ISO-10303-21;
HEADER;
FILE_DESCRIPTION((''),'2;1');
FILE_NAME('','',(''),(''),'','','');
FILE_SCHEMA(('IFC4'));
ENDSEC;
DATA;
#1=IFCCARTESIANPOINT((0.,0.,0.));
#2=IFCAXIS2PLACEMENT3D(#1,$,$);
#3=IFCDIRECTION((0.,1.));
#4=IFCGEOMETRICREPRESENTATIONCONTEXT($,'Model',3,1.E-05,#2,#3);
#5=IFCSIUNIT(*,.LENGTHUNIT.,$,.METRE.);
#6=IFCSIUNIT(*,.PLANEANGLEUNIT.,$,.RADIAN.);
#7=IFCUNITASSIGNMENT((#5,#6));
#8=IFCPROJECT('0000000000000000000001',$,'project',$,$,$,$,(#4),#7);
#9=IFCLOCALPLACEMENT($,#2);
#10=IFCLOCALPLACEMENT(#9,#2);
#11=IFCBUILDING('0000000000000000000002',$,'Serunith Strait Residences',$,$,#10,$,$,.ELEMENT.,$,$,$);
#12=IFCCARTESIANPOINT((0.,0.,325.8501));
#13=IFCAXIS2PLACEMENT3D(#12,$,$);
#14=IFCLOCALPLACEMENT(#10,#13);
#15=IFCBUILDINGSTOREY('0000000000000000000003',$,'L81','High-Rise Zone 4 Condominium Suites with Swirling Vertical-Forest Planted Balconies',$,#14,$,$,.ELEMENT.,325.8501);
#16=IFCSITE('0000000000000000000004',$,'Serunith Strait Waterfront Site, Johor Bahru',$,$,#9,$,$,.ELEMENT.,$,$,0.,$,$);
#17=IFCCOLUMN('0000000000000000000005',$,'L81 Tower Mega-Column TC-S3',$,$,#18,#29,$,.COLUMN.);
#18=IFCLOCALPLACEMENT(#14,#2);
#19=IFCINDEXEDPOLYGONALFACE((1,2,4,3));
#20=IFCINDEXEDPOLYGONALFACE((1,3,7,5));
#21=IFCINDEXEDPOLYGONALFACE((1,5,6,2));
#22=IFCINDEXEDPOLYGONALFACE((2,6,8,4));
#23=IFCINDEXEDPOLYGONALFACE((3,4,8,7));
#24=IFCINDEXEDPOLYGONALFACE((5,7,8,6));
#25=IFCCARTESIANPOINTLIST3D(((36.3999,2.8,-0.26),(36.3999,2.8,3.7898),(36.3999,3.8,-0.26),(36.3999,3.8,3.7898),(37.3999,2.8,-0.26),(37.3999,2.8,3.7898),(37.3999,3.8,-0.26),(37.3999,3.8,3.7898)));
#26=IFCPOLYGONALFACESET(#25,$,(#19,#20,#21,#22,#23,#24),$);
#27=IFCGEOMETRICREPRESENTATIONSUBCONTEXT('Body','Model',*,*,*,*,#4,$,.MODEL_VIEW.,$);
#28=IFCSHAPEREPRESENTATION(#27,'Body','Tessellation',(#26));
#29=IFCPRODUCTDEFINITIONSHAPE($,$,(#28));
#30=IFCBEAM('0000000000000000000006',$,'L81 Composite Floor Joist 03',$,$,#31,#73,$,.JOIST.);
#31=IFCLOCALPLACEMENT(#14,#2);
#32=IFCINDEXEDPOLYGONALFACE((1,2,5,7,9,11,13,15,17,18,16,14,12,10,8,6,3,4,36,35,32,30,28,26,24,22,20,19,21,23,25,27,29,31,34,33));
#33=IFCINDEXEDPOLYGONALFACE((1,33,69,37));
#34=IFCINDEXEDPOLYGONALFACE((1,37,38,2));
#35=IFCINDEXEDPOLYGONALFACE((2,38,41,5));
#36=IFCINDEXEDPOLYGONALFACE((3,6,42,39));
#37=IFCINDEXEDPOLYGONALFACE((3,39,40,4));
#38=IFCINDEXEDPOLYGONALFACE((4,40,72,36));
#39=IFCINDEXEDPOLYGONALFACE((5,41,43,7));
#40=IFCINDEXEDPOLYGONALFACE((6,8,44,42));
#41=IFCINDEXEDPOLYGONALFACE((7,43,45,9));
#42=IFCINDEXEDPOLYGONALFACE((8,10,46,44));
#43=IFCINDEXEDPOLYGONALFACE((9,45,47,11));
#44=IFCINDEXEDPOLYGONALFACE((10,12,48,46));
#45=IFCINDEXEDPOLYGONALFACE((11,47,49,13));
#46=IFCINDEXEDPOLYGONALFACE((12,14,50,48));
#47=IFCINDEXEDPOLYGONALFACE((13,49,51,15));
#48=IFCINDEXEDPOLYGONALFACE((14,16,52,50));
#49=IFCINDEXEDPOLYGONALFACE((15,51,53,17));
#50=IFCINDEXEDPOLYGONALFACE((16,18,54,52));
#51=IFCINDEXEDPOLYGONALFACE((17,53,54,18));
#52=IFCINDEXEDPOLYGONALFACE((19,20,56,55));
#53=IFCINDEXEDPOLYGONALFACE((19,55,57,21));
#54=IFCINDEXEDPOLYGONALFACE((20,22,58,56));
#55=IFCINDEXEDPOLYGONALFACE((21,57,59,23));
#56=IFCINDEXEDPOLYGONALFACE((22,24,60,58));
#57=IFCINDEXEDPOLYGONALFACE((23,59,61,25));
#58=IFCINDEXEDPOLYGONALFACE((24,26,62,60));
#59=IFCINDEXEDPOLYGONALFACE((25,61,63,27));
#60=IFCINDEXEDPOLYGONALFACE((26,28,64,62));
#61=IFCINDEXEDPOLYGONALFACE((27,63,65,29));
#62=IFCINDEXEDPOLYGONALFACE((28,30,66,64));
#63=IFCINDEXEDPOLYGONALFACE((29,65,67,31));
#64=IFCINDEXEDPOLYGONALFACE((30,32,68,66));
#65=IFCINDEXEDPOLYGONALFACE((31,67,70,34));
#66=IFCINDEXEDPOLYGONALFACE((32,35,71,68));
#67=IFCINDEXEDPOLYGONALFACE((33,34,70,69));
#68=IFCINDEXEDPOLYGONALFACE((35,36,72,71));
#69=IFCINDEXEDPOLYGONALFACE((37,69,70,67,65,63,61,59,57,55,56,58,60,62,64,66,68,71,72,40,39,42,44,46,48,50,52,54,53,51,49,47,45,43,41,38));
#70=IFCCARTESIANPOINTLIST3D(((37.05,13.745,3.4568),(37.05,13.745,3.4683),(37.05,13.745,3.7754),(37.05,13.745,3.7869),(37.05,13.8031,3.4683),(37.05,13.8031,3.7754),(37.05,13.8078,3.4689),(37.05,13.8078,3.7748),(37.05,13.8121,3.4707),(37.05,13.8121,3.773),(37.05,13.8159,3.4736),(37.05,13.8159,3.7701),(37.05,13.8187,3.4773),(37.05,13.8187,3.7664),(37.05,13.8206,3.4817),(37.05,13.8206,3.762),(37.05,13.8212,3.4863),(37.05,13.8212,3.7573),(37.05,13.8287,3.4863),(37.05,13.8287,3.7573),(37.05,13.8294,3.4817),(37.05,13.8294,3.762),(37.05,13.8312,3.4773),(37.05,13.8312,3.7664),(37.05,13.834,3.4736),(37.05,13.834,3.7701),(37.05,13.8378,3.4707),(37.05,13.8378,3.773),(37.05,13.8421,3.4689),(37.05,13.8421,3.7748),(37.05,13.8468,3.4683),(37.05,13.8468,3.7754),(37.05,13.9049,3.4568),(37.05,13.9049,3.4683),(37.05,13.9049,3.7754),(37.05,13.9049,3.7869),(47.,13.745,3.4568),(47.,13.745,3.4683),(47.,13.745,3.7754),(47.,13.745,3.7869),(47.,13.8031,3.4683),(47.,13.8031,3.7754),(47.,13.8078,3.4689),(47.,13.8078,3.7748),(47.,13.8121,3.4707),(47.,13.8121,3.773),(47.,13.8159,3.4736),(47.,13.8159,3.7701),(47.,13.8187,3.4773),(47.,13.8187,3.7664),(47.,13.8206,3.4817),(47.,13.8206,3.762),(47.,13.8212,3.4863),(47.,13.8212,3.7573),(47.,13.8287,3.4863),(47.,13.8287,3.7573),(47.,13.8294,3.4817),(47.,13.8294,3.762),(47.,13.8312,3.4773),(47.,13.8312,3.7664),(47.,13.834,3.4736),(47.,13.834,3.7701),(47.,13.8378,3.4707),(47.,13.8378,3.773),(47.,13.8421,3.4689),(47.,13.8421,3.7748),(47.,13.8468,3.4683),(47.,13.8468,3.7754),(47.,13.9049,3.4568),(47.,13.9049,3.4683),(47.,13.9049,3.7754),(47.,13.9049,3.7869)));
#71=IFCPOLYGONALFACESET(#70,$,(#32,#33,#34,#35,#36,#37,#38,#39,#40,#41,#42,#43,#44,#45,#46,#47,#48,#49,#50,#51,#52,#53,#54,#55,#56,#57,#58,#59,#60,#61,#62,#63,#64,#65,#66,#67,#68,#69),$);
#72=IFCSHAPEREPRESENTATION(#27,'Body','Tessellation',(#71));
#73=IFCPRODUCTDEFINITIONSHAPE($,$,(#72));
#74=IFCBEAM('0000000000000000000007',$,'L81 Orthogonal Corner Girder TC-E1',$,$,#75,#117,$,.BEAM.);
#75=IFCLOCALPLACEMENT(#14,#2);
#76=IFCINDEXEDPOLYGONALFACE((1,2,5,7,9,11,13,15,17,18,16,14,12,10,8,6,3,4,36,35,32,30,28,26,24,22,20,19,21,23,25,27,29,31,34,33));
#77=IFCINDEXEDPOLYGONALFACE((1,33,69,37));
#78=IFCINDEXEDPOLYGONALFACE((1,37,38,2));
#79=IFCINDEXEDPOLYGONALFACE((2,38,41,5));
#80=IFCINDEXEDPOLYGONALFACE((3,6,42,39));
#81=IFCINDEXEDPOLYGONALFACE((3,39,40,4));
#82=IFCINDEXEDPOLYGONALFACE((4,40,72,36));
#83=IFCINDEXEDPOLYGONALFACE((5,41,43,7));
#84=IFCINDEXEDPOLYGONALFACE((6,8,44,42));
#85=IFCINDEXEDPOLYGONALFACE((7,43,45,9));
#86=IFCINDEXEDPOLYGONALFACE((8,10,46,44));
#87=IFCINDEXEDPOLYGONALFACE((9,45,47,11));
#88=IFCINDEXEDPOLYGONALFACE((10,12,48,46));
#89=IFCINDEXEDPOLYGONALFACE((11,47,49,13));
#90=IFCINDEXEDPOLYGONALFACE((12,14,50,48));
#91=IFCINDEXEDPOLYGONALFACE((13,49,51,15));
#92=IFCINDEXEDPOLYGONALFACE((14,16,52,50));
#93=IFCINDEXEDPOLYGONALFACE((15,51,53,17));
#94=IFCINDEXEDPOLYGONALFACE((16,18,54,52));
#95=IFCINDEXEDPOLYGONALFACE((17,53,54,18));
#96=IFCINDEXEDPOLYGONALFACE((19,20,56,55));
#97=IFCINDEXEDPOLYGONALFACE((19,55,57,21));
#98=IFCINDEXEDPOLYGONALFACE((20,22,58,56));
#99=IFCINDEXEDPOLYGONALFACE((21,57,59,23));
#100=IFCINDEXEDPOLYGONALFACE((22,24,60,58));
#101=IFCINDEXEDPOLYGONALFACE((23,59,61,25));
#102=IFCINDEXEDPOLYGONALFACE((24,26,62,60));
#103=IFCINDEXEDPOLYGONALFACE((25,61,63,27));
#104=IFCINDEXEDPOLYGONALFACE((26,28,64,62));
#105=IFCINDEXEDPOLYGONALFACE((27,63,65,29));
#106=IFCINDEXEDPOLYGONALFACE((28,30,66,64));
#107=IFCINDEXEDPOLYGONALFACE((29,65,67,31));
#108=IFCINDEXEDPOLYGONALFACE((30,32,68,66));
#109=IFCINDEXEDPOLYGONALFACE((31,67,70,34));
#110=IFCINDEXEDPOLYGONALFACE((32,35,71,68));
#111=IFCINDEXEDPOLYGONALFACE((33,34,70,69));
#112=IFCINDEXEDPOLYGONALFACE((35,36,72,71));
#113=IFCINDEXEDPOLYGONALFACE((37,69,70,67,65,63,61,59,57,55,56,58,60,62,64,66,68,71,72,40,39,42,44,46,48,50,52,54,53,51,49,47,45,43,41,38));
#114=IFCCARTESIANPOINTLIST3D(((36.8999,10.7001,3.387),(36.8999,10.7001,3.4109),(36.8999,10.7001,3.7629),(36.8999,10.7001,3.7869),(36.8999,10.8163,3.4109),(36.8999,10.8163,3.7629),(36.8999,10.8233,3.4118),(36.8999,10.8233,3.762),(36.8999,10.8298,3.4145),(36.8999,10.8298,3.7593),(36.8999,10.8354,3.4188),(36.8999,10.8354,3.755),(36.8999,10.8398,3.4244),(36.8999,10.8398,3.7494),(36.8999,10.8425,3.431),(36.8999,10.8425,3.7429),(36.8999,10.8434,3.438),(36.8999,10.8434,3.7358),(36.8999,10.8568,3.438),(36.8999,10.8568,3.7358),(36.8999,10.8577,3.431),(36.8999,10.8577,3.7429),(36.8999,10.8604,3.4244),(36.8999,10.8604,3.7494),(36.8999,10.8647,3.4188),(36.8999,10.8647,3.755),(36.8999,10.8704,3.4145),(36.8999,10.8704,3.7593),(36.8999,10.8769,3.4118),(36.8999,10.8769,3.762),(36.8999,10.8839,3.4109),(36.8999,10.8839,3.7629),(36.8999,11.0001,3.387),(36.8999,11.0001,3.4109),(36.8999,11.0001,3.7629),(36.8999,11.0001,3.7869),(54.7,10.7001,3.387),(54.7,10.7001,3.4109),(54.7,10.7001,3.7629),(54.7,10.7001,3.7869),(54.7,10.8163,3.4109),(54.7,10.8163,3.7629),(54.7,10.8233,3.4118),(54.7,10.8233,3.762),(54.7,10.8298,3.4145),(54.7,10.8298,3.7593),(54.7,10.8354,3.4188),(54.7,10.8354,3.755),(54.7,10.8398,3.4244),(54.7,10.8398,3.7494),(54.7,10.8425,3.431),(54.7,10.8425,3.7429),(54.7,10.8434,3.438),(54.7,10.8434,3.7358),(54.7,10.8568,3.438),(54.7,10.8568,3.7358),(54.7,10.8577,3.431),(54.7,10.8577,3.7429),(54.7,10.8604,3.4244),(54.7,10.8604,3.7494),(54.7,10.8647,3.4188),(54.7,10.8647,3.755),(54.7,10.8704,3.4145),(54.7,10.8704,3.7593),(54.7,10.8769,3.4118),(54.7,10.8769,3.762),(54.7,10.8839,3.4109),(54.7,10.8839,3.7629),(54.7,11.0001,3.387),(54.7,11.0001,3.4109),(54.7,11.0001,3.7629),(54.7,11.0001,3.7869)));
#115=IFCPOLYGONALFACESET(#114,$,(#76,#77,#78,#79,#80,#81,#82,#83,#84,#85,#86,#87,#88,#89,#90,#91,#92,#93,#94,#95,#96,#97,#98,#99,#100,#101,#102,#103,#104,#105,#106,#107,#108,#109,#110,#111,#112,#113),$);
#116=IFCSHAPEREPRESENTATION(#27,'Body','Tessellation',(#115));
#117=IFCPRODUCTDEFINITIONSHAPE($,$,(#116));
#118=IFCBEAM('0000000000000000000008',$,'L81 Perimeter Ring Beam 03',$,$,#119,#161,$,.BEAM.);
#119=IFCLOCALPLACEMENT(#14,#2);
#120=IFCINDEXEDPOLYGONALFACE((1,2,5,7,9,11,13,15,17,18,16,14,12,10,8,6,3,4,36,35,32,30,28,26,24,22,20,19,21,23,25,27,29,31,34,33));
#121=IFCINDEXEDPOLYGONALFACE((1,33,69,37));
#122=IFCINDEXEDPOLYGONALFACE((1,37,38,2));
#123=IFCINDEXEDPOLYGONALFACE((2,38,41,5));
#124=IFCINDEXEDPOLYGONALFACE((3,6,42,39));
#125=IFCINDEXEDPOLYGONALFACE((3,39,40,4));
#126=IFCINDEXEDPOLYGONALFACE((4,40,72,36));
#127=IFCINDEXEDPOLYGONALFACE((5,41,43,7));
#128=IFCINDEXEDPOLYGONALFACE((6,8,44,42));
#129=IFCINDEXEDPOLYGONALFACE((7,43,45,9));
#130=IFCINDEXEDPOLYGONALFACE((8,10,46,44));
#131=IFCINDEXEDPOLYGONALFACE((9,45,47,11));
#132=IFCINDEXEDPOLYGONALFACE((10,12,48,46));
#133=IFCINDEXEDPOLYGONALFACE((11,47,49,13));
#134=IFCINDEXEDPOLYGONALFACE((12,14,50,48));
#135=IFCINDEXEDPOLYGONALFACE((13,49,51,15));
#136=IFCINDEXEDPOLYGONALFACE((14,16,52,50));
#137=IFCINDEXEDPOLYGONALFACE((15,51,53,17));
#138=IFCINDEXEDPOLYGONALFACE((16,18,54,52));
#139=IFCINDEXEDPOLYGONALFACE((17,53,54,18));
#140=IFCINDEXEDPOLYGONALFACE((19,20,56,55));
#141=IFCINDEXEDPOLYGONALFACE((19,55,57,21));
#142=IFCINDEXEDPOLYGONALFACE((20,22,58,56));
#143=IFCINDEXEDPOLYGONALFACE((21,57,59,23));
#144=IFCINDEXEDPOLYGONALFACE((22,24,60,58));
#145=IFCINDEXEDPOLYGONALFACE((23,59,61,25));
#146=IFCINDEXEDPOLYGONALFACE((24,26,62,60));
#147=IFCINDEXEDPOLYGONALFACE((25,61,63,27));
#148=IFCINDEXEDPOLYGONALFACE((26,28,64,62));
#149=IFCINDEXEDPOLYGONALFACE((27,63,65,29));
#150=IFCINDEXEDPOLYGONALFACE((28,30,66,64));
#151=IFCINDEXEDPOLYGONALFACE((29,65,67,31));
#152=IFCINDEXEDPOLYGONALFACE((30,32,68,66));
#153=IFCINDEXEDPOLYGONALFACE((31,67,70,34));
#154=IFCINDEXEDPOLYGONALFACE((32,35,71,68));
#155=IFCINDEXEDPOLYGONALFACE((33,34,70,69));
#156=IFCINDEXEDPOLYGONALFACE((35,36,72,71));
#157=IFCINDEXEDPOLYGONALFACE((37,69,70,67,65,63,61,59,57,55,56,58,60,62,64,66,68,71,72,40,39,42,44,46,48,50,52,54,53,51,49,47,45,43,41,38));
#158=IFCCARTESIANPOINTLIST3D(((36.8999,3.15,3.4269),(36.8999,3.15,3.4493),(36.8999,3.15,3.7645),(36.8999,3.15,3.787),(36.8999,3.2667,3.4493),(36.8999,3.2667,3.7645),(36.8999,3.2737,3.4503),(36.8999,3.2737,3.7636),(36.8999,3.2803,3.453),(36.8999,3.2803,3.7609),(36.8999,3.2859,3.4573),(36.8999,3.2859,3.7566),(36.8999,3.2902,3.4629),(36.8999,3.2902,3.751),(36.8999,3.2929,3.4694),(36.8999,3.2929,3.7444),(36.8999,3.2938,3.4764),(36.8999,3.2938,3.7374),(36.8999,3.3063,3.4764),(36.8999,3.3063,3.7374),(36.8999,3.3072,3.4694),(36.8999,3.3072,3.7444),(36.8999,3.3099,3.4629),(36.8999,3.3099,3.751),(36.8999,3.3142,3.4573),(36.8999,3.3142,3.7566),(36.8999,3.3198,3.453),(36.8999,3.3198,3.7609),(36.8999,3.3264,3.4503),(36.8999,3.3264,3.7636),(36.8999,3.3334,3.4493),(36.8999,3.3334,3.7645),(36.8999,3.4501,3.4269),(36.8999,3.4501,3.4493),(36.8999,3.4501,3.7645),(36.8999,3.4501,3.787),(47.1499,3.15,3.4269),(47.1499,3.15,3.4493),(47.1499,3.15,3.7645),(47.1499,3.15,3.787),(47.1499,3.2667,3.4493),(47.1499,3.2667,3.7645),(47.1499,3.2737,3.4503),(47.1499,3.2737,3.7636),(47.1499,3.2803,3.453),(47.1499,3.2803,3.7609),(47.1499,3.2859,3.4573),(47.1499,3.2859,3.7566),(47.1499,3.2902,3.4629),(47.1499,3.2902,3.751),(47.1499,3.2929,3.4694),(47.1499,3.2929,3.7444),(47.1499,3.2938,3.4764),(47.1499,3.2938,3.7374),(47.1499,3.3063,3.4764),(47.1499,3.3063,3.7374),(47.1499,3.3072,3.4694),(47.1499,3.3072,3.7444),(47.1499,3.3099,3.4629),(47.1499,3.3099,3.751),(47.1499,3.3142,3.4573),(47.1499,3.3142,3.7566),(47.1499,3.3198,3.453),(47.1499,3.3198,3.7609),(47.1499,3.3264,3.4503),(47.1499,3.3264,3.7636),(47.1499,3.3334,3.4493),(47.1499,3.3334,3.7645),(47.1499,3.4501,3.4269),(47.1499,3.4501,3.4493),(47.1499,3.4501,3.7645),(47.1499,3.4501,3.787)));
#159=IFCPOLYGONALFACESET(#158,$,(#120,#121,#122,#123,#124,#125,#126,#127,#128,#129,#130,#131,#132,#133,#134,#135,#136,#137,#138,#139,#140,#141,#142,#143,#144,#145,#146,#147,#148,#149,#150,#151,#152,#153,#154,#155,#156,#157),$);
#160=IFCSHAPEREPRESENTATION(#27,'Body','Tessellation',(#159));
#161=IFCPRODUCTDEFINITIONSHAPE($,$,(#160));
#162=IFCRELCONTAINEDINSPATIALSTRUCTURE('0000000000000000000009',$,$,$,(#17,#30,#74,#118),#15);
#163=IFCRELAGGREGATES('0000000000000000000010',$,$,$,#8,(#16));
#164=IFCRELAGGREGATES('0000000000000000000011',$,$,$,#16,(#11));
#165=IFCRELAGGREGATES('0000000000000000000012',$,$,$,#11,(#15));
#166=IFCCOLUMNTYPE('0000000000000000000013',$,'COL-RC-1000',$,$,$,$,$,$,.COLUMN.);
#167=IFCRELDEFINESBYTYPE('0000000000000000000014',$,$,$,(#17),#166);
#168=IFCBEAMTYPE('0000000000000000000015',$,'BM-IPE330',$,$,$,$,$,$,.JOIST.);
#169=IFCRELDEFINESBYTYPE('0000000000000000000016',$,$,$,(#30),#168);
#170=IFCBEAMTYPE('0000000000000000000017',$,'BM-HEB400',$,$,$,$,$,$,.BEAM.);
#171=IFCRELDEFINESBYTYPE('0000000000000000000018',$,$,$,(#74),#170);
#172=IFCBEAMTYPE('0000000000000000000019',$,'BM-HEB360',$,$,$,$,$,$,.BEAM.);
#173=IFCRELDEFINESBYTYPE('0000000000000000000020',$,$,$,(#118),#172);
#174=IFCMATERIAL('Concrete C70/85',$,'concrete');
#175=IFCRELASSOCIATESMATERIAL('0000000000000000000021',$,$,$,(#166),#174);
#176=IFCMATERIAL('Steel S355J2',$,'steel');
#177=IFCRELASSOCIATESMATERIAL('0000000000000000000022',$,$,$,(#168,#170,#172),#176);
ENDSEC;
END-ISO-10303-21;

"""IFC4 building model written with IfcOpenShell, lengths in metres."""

from ifc_helpers import new_model, si_unit, direction, frame, origin, origin_2d, place, context, subcontext, project, spatial, rectangle, i_section, extrude, source, transform, mapped, material, material_profile, profile_set, type_object, element, save


model = new_model("IFC4")

# Units and contexts
model_context = context("Model", 3, precision=1e-05, world=origin(), true_north=direction((0.0, 1.0)))
body_context = subcontext(model_context, "Body", "Model", "MODEL_VIEW")
ifc_project = project(units=[si_unit("LENGTHUNIT", "METRE"), si_unit("PLANEANGLEUNIT", "RADIAN")], contexts=[model_context])

# Site, building, storey
site_placement = place(None, origin())
site = spatial("IfcSite", under=ifc_project, at=site_placement, Name="Serunith Strait Waterfront Site, Johor Bahru", CompositionType="ELEMENT", RefElevation=0.0)
building_placement = place(site_placement, origin())
building = spatial("IfcBuilding", under=site, at=building_placement, Name="Serunith Strait Residences", CompositionType="ELEMENT")
storey_placement = place(building_placement, frame((0.0, 0.0, 325.8501)))
storey = spatial("IfcBuildingStorey", under=building, at=storey_placement, Name="L81", Description="High-Rise Zone 4 Condominium Suites with Swirling Vertical-Forest Planted Balconies", CompositionType="ELEMENT", Elevation=325.8501)

# Column
ifc_material_1 = material(Name="Concrete C70/85", Category="concrete")
ifc_material_profile_1 = material_profile(ifc_material_1, rectangle(XDim=1.0, YDim=1.0, at=origin_2d()), Name="RC 1000x1000")
ifc_profile_set_1 = profile_set([ifc_material_profile_1], Name="Concrete C70/85")
column_type = type_object("IfcColumnType", Name="COL-RC-1000", PredefinedType="COLUMN", material=ifc_profile_set_1)
shared_shape_1 = source(origin(), body_context, "Body", "SweptSolid", [
    extrude(rectangle(XDim=1.0, YDim=1.0, at=origin_2d()), origin(), (0.0, 0.0, 1.0), 4.0498),
])
column_placement = place(storey_placement, frame((36.8999, 3.3, -0.26), z_axis=(0.0, 0.0, 1.0), x_axis=(1.0, 0.0, 0.0)))
element("IfcColumn", 1, at=column_placement, inside=storey, type_object=column_type, Name="L81 Tower Mega-Column TC-S3", PredefinedType="COLUMN", context=body_context, shape_type="MappedRepresentation", body=[
    mapped(shared_shape_1, transform((0.0, 0.0, 0.0), scale=1.0)),
])

# Beams
ifc_material_2 = material(Name="Steel S355J2", Category="steel")
ifc_material_profile_2 = material_profile(ifc_material_2, i_section(OverallWidth=0.1599, OverallDepth=0.3301, WebThickness=0.0076, FlangeThickness=0.0115, FilletRadius=0.0181, at=origin_2d()), Name="IPE 330")
ifc_profile_set_2 = profile_set([ifc_material_profile_2], Name="Steel S355J2")
beam_type_1 = type_object("IfcBeamType", Name="BM-IPE330", PredefinedType="JOIST", material=ifc_profile_set_2)
shared_shape_2 = source(origin(), body_context, "Body", "SweptSolid", [
    extrude(i_section(OverallWidth=0.1599, OverallDepth=0.3301, WebThickness=0.0076, FlangeThickness=0.0115, FilletRadius=0.0181, at=origin_2d()), origin(), (0.0, 0.0, 1.0), 9.95),
])
beam_1_placement = place(storey_placement, frame((37.05, 13.825, 3.6218), z_axis=(1.0, 0.0, 0.0), x_axis=(0.0, 1.0, 0.0)))
element("IfcBeam", 2, at=beam_1_placement, inside=storey, type_object=beam_type_1, Name="L81 Composite Floor Joist 03", PredefinedType="JOIST", context=body_context, shape_type="MappedRepresentation", body=[
    mapped(shared_shape_2, transform((0.0, 0.0, 0.0), scale=1.0)),
])
ifc_material_profile_3 = material_profile(ifc_material_2, i_section(OverallWidth=0.3, OverallDepth=0.3999, WebThickness=0.0134, FlangeThickness=0.0239, FilletRadius=0.0271, at=origin_2d()), Name="HEB 400")
ifc_profile_set_3 = profile_set([ifc_material_profile_3], Name="Steel S355J2")
beam_type_2 = type_object("IfcBeamType", Name="BM-HEB400", PredefinedType="BEAM", material=ifc_profile_set_3)
shared_shape_3 = source(origin(), body_context, "Body", "SweptSolid", [
    extrude(i_section(OverallWidth=0.3, OverallDepth=0.3999, WebThickness=0.0134, FlangeThickness=0.0239, FilletRadius=0.0271, at=origin_2d()), origin(), (0.0, 0.0, 1.0), 17.8),
])
beam_2_placement = place(storey_placement, frame((36.8999, 10.8501, 3.5869), z_axis=(1.0, 0.0, 0.0), x_axis=(0.0, 1.0, 0.0)))
element("IfcBeam", 3, at=beam_2_placement, inside=storey, type_object=beam_type_2, Name="L81 Orthogonal Corner Girder TC-E1", PredefinedType="BEAM", context=body_context, shape_type="MappedRepresentation", body=[
    mapped(shared_shape_3, transform((0.0, 0.0, 0.0), scale=1.0)),
])
ifc_material_profile_4 = material_profile(ifc_material_2, i_section(OverallWidth=0.3, OverallDepth=0.3601, WebThickness=0.0125, FlangeThickness=0.0225, FilletRadius=0.0271, at=origin_2d()), Name="HEB 360")
ifc_profile_set_4 = profile_set([ifc_material_profile_4], Name="Steel S355J2")
beam_type_3 = type_object("IfcBeamType", Name="BM-HEB360", PredefinedType="BEAM", material=ifc_profile_set_4)
shared_shape_4 = source(origin(), body_context, "Body", "SweptSolid", [
    extrude(i_section(OverallWidth=0.3, OverallDepth=0.3601, WebThickness=0.0125, FlangeThickness=0.0225, FilletRadius=0.0271, at=origin_2d()), origin(), (0.0, 0.0, 1.0), 10.25),
])
beam_3_placement = place(storey_placement, frame((36.8999, 3.3, 3.6069), z_axis=(1.0, 0.0, 0.0), x_axis=(0.0, 1.0, 0.0)))
element("IfcBeam", 4, at=beam_3_placement, inside=storey, type_object=beam_type_3, Name="L81 Perimeter Ring Beam 03", PredefinedType="BEAM", context=body_context, shape_type="MappedRepresentation", body=[
    mapped(shared_shape_4, transform((0.0, 0.0, 0.0), scale=1.0)),
])

save(model, "model.ifc")
